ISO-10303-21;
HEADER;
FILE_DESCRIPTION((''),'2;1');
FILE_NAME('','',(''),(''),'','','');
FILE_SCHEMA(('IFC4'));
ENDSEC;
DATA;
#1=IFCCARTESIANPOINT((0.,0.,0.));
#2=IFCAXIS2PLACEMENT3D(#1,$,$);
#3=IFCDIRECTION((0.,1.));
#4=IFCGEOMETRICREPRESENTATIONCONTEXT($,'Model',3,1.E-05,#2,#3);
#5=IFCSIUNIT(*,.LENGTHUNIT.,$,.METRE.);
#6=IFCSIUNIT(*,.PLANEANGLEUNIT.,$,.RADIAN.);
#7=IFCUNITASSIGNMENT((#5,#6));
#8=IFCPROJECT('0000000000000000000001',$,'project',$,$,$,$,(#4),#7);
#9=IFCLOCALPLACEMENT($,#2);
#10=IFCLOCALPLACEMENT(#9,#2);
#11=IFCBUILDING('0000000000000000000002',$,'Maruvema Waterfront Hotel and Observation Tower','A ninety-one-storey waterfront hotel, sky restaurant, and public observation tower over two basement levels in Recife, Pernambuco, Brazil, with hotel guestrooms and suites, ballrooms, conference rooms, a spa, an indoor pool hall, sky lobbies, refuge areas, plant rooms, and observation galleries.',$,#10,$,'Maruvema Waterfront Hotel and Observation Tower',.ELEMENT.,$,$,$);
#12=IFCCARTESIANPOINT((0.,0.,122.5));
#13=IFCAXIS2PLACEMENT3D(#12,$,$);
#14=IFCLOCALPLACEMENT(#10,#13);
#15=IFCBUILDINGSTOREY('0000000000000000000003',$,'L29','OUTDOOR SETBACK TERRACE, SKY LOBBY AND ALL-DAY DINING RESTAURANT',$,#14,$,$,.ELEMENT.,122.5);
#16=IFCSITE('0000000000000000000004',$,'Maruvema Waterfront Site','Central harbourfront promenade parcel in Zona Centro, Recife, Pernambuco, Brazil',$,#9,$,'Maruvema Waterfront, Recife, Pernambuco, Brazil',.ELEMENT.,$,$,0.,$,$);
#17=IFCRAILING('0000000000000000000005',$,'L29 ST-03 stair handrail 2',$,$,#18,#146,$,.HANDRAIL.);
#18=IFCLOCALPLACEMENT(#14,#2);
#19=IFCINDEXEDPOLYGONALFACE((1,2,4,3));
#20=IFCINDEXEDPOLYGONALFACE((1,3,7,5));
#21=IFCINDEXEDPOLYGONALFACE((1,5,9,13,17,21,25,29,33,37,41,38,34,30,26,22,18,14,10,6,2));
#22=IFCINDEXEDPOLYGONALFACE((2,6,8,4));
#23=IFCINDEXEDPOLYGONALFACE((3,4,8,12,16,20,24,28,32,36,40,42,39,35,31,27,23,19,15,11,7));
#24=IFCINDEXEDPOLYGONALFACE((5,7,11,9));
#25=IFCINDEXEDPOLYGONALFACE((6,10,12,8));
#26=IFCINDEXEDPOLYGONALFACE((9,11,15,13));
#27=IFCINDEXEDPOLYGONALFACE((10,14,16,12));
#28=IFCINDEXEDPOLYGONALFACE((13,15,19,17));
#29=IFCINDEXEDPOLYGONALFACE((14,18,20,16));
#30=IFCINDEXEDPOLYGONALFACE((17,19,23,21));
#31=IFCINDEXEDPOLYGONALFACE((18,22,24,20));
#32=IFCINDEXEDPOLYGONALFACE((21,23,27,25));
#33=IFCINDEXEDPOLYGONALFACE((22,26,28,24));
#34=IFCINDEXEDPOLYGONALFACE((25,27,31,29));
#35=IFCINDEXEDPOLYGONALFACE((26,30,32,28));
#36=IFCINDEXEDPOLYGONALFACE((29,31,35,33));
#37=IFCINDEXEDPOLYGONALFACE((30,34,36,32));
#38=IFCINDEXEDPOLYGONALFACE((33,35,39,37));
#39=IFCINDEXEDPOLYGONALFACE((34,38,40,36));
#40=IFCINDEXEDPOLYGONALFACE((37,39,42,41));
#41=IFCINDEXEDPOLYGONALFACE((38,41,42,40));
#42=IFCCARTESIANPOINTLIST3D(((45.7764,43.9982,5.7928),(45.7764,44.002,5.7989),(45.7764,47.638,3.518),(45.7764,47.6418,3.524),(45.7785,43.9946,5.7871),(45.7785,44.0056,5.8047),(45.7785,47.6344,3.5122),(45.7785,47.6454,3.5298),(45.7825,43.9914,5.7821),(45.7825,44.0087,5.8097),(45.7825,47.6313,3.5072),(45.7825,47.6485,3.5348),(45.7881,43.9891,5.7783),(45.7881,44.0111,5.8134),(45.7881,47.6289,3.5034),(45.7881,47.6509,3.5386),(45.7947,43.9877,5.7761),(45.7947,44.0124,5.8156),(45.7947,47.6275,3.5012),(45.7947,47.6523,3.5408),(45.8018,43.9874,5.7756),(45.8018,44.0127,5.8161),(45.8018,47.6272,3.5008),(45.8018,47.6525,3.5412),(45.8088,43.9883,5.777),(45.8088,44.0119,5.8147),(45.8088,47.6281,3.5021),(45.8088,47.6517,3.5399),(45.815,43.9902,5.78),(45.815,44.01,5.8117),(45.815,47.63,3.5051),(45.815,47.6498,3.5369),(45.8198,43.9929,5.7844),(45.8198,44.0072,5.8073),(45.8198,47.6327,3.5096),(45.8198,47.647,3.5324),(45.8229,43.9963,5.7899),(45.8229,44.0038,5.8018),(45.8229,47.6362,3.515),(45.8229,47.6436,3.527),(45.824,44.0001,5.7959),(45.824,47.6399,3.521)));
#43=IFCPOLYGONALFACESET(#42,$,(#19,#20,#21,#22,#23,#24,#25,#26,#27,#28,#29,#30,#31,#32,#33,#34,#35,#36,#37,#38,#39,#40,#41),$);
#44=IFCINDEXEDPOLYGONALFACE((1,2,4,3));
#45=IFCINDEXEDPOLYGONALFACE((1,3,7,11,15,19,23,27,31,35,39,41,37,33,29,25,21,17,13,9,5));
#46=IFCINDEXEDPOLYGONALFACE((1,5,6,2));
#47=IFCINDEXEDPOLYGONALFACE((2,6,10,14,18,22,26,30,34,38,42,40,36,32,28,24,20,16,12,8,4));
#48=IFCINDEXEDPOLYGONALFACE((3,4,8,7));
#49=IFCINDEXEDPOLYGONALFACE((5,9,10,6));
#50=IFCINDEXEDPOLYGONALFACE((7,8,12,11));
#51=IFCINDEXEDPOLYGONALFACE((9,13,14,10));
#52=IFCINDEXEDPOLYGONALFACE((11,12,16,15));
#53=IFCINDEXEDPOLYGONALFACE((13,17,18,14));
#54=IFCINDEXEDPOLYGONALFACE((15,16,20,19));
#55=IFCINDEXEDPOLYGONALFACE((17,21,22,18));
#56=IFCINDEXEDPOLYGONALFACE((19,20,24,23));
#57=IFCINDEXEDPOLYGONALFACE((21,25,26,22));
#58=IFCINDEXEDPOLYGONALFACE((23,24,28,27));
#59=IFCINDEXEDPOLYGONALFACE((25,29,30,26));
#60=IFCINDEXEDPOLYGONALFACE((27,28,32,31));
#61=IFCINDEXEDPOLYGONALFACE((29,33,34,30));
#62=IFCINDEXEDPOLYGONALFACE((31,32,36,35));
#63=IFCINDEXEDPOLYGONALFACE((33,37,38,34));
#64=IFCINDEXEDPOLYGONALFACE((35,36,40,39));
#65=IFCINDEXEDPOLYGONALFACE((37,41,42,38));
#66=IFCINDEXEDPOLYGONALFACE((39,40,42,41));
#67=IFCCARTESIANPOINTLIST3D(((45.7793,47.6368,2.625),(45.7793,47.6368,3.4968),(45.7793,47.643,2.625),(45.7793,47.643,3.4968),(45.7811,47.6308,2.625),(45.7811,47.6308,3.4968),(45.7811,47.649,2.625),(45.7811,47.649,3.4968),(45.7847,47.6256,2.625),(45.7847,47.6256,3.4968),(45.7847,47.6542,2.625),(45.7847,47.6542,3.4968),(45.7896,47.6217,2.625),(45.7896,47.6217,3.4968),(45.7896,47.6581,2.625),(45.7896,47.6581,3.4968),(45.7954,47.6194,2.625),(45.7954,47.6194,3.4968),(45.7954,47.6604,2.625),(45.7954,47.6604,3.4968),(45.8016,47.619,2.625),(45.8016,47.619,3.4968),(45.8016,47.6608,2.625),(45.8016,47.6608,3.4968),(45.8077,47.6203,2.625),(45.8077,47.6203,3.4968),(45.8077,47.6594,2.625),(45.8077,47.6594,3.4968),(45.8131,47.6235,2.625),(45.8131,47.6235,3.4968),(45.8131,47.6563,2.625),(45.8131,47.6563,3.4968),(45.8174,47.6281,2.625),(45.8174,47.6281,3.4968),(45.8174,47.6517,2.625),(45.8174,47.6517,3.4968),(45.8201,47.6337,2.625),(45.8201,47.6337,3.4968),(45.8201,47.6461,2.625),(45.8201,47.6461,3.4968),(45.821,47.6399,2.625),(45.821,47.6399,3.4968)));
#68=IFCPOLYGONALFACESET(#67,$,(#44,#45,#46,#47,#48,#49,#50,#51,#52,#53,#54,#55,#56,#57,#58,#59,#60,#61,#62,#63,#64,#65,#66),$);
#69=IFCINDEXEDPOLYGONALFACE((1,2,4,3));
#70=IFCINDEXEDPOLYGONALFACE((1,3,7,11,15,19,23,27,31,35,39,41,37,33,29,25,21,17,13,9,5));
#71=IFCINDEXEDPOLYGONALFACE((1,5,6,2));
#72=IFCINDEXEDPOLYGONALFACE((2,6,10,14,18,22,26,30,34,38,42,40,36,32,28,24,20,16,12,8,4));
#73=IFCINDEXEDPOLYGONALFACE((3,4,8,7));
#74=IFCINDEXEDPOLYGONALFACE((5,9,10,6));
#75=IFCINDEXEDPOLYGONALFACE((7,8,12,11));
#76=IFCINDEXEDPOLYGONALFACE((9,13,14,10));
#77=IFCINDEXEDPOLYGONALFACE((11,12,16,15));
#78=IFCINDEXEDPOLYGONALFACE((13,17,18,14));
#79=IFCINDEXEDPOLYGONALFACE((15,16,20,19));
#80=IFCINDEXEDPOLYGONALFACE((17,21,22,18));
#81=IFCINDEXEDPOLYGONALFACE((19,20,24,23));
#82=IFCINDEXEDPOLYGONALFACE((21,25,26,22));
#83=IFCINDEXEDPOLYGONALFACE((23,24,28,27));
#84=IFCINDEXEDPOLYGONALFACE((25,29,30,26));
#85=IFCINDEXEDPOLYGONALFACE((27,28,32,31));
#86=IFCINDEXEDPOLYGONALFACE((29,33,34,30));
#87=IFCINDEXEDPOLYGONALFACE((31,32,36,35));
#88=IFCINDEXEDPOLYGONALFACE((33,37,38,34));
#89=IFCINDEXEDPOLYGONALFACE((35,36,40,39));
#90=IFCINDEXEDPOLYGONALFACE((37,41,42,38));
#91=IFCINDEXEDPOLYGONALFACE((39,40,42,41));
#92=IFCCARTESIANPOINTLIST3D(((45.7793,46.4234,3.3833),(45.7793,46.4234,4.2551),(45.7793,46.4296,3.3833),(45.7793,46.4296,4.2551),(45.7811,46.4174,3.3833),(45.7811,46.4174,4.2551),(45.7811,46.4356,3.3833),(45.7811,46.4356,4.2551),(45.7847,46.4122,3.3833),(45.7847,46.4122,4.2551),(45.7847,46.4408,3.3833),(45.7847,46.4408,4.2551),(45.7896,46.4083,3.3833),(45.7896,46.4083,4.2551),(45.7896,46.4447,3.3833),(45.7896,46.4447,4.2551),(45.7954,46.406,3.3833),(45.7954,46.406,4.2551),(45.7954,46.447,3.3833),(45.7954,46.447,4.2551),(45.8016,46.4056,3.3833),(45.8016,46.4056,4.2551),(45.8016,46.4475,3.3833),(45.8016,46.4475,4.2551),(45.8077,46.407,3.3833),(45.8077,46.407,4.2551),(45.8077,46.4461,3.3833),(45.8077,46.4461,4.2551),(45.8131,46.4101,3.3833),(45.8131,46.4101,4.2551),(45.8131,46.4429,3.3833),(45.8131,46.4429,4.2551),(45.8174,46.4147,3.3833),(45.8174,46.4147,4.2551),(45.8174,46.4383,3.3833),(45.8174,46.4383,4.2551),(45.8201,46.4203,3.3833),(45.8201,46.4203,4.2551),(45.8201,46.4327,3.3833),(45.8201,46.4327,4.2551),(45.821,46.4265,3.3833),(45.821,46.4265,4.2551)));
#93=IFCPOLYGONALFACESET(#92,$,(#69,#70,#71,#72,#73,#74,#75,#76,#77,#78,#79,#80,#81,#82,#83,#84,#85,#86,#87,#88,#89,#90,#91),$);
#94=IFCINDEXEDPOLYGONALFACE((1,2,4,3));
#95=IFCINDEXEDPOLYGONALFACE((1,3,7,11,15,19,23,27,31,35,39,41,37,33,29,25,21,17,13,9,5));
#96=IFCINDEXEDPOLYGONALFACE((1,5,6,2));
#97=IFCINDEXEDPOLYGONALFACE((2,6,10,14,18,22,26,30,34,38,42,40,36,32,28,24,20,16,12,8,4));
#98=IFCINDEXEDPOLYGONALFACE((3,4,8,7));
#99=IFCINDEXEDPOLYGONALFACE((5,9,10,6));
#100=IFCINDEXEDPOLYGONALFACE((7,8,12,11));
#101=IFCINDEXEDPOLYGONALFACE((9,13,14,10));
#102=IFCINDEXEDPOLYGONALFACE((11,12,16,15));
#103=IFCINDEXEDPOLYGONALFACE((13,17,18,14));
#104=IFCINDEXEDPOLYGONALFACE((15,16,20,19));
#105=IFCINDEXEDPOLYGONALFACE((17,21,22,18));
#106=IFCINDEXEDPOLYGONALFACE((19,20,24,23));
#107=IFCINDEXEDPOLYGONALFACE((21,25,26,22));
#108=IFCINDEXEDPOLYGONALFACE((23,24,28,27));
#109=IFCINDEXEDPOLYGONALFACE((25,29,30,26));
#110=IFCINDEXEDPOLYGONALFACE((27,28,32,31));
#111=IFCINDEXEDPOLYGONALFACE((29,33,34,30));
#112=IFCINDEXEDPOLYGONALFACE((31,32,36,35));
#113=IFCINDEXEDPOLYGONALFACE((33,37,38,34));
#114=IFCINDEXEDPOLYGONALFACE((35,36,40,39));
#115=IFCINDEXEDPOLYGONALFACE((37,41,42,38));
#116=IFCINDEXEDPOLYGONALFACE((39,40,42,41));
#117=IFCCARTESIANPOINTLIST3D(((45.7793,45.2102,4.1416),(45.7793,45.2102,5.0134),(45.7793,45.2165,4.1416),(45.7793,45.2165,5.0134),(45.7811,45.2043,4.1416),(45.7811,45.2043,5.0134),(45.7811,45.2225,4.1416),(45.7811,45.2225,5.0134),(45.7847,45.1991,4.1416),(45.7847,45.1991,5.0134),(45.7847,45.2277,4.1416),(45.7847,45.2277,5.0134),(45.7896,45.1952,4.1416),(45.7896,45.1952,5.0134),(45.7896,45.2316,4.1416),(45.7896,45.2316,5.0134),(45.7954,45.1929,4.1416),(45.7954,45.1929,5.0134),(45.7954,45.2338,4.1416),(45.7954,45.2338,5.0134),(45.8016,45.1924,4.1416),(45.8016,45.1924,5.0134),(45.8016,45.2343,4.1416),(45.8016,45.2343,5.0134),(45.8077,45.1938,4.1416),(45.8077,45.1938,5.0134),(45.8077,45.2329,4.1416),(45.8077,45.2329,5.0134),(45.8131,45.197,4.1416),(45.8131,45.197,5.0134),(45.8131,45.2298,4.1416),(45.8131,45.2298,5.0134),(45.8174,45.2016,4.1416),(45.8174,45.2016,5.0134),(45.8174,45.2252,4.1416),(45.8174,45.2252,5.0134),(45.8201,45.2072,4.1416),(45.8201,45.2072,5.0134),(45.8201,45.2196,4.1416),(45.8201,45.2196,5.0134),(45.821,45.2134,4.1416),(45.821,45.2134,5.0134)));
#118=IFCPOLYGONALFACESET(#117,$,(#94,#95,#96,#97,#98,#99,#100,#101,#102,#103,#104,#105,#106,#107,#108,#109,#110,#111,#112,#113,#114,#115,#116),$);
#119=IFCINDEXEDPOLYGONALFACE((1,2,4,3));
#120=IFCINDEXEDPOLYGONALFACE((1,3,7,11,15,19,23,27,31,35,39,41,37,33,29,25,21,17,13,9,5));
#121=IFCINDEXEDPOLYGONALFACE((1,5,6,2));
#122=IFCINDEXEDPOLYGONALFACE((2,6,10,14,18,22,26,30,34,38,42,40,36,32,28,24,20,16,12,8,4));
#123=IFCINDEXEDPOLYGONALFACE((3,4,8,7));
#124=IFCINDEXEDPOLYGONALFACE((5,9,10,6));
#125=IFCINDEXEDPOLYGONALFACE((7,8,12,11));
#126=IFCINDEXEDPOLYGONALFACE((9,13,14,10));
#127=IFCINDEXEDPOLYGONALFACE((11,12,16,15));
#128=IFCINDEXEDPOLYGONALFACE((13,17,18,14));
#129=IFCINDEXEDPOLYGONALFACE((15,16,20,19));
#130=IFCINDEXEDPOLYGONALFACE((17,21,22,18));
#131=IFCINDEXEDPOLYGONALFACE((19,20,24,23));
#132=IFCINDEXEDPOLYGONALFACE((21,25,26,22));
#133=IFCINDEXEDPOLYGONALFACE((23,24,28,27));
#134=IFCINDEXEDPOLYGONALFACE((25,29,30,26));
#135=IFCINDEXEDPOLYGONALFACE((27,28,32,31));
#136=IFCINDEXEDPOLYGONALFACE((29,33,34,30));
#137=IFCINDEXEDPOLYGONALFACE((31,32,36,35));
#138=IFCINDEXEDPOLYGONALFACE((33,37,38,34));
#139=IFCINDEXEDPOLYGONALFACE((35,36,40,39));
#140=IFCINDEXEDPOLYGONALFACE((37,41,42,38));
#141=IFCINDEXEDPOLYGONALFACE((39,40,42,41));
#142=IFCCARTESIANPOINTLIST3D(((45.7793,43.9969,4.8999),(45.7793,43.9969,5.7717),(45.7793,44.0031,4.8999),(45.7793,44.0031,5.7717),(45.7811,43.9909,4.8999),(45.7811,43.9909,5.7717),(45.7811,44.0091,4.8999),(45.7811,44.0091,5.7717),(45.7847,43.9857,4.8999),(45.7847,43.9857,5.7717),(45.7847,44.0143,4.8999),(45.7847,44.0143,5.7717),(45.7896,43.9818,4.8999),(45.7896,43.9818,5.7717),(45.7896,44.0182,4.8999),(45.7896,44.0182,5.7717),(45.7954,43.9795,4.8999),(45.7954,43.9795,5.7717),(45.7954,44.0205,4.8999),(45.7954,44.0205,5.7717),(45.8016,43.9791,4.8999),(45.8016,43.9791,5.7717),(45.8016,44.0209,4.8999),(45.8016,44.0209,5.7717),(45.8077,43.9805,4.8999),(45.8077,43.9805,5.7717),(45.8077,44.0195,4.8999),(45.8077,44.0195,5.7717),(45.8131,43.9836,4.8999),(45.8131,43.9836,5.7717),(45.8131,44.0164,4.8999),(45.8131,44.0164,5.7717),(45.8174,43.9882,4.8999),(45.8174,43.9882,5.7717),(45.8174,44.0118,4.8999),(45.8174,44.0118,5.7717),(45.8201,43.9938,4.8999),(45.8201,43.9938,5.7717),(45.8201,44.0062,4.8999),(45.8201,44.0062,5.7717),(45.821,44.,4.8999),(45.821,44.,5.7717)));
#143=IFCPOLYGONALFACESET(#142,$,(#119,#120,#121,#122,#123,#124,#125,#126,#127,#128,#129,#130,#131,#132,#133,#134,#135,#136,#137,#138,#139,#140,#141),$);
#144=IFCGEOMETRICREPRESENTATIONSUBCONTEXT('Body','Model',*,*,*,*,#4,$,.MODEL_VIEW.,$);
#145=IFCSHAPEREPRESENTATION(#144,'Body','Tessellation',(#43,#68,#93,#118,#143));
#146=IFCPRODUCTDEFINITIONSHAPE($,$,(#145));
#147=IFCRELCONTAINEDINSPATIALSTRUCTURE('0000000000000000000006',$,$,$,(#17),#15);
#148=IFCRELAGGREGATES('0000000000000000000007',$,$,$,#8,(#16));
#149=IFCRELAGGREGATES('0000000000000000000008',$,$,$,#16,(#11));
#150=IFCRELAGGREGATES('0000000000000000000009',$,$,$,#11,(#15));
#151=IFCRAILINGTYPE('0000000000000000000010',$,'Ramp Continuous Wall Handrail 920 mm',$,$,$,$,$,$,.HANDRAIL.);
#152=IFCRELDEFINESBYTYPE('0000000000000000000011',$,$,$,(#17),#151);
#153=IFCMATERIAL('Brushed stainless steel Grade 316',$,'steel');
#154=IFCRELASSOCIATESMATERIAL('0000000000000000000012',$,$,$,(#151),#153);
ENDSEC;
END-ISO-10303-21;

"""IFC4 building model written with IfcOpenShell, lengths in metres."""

from ifc_helpers import new_model, si_unit, direction, frame, origin, origin_2d, place, context, subcontext, project, spatial, circle, extrude, material, type_object, element, save


model = new_model("IFC4")

# Units and contexts
model_context = context("Model", 3, precision=1e-05, world=origin(), true_north=direction((0.0, 1.0)))
body_context = subcontext(model_context, "Body", "Model", "MODEL_VIEW")
ifc_project = project(units=[si_unit("LENGTHUNIT", "METRE"), si_unit("PLANEANGLEUNIT", "RADIAN")], contexts=[model_context])

# Site, building, storey
site_placement = place(None, origin())
site = spatial("IfcSite", under=ifc_project, at=site_placement, Name="Maruvema Waterfront Site", Description="Central harbourfront promenade parcel in Zona Centro, Recife, Pernambuco, Brazil", LongName="Maruvema Waterfront, Recife, Pernambuco, Brazil", CompositionType="ELEMENT", RefElevation=0.0)
building_placement = place(site_placement, origin())
building = spatial("IfcBuilding", under=site, at=building_placement, Name="Maruvema Waterfront Hotel and Observation Tower", Description="A ninety-one-storey waterfront hotel, sky restaurant, and public observation tower over two basement levels in Recife, Pernambuco, Brazil, with hotel guestrooms and suites, ballrooms, conference rooms, a spa, an indoor pool hall, sky lobbies, refuge areas, plant rooms, and observation galleries.", LongName="Maruvema Waterfront Hotel and Observation Tower", CompositionType="ELEMENT")
storey_placement = place(building_placement, frame((0.0, 0.0, 122.5)))
storey = spatial("IfcBuildingStorey", under=building, at=storey_placement, Name="L29", Description="OUTDOOR SETBACK TERRACE, SKY LOBBY AND ALL-DAY DINING RESTAURANT", CompositionType="ELEMENT", Elevation=122.5)

# Railing
ifc_material_1 = material(Name="Brushed stainless steel Grade 316", Category="steel")
railing_type_1 = type_object("IfcRailingType", Name="Ramp Continuous Wall Handrail 920 mm", PredefinedType="HANDRAIL", material=ifc_material_1)
railing_1_placement = place(storey_placement, frame((45.8, 47.6399, 2.625)))
element("IfcRailing", 1, at=railing_1_placement, inside=storey, type_object=railing_type_1, Name="L29 ST-03 stair handrail 2", PredefinedType="HANDRAIL", context=body_context, shape_type="SweptSolid", body=[
    extrude(circle(Radius=0.0239, at=origin_2d()), frame((0.0, 0.0, 0.896), z_axis=(0.0, -0.848001, 0.529994), x_axis=(1.0, 0.0, 0.0)), (0.0, 0.0, 1.0), 4.2922),
    extrude(circle(Radius=0.021, at=origin_2d()), origin(), (0.0, 0.0, 1.0), 0.8718),
    extrude(circle(Radius=0.021, at=origin_2d()), frame((0.0, -1.2134, 0.7583)), (0.0, 0.0, 1.0), 0.8718),
    extrude(circle(Radius=0.021, at=origin_2d()), frame((0.0, -2.4265, 1.5166)), (0.0, 0.0, 1.0), 0.8718),
    extrude(circle(Radius=0.021, at=origin_2d()), frame((0.0, -3.6399, 2.2749)), (0.0, 0.0, 1.0), 0.8718),
])

save(model, "model.ifc")
